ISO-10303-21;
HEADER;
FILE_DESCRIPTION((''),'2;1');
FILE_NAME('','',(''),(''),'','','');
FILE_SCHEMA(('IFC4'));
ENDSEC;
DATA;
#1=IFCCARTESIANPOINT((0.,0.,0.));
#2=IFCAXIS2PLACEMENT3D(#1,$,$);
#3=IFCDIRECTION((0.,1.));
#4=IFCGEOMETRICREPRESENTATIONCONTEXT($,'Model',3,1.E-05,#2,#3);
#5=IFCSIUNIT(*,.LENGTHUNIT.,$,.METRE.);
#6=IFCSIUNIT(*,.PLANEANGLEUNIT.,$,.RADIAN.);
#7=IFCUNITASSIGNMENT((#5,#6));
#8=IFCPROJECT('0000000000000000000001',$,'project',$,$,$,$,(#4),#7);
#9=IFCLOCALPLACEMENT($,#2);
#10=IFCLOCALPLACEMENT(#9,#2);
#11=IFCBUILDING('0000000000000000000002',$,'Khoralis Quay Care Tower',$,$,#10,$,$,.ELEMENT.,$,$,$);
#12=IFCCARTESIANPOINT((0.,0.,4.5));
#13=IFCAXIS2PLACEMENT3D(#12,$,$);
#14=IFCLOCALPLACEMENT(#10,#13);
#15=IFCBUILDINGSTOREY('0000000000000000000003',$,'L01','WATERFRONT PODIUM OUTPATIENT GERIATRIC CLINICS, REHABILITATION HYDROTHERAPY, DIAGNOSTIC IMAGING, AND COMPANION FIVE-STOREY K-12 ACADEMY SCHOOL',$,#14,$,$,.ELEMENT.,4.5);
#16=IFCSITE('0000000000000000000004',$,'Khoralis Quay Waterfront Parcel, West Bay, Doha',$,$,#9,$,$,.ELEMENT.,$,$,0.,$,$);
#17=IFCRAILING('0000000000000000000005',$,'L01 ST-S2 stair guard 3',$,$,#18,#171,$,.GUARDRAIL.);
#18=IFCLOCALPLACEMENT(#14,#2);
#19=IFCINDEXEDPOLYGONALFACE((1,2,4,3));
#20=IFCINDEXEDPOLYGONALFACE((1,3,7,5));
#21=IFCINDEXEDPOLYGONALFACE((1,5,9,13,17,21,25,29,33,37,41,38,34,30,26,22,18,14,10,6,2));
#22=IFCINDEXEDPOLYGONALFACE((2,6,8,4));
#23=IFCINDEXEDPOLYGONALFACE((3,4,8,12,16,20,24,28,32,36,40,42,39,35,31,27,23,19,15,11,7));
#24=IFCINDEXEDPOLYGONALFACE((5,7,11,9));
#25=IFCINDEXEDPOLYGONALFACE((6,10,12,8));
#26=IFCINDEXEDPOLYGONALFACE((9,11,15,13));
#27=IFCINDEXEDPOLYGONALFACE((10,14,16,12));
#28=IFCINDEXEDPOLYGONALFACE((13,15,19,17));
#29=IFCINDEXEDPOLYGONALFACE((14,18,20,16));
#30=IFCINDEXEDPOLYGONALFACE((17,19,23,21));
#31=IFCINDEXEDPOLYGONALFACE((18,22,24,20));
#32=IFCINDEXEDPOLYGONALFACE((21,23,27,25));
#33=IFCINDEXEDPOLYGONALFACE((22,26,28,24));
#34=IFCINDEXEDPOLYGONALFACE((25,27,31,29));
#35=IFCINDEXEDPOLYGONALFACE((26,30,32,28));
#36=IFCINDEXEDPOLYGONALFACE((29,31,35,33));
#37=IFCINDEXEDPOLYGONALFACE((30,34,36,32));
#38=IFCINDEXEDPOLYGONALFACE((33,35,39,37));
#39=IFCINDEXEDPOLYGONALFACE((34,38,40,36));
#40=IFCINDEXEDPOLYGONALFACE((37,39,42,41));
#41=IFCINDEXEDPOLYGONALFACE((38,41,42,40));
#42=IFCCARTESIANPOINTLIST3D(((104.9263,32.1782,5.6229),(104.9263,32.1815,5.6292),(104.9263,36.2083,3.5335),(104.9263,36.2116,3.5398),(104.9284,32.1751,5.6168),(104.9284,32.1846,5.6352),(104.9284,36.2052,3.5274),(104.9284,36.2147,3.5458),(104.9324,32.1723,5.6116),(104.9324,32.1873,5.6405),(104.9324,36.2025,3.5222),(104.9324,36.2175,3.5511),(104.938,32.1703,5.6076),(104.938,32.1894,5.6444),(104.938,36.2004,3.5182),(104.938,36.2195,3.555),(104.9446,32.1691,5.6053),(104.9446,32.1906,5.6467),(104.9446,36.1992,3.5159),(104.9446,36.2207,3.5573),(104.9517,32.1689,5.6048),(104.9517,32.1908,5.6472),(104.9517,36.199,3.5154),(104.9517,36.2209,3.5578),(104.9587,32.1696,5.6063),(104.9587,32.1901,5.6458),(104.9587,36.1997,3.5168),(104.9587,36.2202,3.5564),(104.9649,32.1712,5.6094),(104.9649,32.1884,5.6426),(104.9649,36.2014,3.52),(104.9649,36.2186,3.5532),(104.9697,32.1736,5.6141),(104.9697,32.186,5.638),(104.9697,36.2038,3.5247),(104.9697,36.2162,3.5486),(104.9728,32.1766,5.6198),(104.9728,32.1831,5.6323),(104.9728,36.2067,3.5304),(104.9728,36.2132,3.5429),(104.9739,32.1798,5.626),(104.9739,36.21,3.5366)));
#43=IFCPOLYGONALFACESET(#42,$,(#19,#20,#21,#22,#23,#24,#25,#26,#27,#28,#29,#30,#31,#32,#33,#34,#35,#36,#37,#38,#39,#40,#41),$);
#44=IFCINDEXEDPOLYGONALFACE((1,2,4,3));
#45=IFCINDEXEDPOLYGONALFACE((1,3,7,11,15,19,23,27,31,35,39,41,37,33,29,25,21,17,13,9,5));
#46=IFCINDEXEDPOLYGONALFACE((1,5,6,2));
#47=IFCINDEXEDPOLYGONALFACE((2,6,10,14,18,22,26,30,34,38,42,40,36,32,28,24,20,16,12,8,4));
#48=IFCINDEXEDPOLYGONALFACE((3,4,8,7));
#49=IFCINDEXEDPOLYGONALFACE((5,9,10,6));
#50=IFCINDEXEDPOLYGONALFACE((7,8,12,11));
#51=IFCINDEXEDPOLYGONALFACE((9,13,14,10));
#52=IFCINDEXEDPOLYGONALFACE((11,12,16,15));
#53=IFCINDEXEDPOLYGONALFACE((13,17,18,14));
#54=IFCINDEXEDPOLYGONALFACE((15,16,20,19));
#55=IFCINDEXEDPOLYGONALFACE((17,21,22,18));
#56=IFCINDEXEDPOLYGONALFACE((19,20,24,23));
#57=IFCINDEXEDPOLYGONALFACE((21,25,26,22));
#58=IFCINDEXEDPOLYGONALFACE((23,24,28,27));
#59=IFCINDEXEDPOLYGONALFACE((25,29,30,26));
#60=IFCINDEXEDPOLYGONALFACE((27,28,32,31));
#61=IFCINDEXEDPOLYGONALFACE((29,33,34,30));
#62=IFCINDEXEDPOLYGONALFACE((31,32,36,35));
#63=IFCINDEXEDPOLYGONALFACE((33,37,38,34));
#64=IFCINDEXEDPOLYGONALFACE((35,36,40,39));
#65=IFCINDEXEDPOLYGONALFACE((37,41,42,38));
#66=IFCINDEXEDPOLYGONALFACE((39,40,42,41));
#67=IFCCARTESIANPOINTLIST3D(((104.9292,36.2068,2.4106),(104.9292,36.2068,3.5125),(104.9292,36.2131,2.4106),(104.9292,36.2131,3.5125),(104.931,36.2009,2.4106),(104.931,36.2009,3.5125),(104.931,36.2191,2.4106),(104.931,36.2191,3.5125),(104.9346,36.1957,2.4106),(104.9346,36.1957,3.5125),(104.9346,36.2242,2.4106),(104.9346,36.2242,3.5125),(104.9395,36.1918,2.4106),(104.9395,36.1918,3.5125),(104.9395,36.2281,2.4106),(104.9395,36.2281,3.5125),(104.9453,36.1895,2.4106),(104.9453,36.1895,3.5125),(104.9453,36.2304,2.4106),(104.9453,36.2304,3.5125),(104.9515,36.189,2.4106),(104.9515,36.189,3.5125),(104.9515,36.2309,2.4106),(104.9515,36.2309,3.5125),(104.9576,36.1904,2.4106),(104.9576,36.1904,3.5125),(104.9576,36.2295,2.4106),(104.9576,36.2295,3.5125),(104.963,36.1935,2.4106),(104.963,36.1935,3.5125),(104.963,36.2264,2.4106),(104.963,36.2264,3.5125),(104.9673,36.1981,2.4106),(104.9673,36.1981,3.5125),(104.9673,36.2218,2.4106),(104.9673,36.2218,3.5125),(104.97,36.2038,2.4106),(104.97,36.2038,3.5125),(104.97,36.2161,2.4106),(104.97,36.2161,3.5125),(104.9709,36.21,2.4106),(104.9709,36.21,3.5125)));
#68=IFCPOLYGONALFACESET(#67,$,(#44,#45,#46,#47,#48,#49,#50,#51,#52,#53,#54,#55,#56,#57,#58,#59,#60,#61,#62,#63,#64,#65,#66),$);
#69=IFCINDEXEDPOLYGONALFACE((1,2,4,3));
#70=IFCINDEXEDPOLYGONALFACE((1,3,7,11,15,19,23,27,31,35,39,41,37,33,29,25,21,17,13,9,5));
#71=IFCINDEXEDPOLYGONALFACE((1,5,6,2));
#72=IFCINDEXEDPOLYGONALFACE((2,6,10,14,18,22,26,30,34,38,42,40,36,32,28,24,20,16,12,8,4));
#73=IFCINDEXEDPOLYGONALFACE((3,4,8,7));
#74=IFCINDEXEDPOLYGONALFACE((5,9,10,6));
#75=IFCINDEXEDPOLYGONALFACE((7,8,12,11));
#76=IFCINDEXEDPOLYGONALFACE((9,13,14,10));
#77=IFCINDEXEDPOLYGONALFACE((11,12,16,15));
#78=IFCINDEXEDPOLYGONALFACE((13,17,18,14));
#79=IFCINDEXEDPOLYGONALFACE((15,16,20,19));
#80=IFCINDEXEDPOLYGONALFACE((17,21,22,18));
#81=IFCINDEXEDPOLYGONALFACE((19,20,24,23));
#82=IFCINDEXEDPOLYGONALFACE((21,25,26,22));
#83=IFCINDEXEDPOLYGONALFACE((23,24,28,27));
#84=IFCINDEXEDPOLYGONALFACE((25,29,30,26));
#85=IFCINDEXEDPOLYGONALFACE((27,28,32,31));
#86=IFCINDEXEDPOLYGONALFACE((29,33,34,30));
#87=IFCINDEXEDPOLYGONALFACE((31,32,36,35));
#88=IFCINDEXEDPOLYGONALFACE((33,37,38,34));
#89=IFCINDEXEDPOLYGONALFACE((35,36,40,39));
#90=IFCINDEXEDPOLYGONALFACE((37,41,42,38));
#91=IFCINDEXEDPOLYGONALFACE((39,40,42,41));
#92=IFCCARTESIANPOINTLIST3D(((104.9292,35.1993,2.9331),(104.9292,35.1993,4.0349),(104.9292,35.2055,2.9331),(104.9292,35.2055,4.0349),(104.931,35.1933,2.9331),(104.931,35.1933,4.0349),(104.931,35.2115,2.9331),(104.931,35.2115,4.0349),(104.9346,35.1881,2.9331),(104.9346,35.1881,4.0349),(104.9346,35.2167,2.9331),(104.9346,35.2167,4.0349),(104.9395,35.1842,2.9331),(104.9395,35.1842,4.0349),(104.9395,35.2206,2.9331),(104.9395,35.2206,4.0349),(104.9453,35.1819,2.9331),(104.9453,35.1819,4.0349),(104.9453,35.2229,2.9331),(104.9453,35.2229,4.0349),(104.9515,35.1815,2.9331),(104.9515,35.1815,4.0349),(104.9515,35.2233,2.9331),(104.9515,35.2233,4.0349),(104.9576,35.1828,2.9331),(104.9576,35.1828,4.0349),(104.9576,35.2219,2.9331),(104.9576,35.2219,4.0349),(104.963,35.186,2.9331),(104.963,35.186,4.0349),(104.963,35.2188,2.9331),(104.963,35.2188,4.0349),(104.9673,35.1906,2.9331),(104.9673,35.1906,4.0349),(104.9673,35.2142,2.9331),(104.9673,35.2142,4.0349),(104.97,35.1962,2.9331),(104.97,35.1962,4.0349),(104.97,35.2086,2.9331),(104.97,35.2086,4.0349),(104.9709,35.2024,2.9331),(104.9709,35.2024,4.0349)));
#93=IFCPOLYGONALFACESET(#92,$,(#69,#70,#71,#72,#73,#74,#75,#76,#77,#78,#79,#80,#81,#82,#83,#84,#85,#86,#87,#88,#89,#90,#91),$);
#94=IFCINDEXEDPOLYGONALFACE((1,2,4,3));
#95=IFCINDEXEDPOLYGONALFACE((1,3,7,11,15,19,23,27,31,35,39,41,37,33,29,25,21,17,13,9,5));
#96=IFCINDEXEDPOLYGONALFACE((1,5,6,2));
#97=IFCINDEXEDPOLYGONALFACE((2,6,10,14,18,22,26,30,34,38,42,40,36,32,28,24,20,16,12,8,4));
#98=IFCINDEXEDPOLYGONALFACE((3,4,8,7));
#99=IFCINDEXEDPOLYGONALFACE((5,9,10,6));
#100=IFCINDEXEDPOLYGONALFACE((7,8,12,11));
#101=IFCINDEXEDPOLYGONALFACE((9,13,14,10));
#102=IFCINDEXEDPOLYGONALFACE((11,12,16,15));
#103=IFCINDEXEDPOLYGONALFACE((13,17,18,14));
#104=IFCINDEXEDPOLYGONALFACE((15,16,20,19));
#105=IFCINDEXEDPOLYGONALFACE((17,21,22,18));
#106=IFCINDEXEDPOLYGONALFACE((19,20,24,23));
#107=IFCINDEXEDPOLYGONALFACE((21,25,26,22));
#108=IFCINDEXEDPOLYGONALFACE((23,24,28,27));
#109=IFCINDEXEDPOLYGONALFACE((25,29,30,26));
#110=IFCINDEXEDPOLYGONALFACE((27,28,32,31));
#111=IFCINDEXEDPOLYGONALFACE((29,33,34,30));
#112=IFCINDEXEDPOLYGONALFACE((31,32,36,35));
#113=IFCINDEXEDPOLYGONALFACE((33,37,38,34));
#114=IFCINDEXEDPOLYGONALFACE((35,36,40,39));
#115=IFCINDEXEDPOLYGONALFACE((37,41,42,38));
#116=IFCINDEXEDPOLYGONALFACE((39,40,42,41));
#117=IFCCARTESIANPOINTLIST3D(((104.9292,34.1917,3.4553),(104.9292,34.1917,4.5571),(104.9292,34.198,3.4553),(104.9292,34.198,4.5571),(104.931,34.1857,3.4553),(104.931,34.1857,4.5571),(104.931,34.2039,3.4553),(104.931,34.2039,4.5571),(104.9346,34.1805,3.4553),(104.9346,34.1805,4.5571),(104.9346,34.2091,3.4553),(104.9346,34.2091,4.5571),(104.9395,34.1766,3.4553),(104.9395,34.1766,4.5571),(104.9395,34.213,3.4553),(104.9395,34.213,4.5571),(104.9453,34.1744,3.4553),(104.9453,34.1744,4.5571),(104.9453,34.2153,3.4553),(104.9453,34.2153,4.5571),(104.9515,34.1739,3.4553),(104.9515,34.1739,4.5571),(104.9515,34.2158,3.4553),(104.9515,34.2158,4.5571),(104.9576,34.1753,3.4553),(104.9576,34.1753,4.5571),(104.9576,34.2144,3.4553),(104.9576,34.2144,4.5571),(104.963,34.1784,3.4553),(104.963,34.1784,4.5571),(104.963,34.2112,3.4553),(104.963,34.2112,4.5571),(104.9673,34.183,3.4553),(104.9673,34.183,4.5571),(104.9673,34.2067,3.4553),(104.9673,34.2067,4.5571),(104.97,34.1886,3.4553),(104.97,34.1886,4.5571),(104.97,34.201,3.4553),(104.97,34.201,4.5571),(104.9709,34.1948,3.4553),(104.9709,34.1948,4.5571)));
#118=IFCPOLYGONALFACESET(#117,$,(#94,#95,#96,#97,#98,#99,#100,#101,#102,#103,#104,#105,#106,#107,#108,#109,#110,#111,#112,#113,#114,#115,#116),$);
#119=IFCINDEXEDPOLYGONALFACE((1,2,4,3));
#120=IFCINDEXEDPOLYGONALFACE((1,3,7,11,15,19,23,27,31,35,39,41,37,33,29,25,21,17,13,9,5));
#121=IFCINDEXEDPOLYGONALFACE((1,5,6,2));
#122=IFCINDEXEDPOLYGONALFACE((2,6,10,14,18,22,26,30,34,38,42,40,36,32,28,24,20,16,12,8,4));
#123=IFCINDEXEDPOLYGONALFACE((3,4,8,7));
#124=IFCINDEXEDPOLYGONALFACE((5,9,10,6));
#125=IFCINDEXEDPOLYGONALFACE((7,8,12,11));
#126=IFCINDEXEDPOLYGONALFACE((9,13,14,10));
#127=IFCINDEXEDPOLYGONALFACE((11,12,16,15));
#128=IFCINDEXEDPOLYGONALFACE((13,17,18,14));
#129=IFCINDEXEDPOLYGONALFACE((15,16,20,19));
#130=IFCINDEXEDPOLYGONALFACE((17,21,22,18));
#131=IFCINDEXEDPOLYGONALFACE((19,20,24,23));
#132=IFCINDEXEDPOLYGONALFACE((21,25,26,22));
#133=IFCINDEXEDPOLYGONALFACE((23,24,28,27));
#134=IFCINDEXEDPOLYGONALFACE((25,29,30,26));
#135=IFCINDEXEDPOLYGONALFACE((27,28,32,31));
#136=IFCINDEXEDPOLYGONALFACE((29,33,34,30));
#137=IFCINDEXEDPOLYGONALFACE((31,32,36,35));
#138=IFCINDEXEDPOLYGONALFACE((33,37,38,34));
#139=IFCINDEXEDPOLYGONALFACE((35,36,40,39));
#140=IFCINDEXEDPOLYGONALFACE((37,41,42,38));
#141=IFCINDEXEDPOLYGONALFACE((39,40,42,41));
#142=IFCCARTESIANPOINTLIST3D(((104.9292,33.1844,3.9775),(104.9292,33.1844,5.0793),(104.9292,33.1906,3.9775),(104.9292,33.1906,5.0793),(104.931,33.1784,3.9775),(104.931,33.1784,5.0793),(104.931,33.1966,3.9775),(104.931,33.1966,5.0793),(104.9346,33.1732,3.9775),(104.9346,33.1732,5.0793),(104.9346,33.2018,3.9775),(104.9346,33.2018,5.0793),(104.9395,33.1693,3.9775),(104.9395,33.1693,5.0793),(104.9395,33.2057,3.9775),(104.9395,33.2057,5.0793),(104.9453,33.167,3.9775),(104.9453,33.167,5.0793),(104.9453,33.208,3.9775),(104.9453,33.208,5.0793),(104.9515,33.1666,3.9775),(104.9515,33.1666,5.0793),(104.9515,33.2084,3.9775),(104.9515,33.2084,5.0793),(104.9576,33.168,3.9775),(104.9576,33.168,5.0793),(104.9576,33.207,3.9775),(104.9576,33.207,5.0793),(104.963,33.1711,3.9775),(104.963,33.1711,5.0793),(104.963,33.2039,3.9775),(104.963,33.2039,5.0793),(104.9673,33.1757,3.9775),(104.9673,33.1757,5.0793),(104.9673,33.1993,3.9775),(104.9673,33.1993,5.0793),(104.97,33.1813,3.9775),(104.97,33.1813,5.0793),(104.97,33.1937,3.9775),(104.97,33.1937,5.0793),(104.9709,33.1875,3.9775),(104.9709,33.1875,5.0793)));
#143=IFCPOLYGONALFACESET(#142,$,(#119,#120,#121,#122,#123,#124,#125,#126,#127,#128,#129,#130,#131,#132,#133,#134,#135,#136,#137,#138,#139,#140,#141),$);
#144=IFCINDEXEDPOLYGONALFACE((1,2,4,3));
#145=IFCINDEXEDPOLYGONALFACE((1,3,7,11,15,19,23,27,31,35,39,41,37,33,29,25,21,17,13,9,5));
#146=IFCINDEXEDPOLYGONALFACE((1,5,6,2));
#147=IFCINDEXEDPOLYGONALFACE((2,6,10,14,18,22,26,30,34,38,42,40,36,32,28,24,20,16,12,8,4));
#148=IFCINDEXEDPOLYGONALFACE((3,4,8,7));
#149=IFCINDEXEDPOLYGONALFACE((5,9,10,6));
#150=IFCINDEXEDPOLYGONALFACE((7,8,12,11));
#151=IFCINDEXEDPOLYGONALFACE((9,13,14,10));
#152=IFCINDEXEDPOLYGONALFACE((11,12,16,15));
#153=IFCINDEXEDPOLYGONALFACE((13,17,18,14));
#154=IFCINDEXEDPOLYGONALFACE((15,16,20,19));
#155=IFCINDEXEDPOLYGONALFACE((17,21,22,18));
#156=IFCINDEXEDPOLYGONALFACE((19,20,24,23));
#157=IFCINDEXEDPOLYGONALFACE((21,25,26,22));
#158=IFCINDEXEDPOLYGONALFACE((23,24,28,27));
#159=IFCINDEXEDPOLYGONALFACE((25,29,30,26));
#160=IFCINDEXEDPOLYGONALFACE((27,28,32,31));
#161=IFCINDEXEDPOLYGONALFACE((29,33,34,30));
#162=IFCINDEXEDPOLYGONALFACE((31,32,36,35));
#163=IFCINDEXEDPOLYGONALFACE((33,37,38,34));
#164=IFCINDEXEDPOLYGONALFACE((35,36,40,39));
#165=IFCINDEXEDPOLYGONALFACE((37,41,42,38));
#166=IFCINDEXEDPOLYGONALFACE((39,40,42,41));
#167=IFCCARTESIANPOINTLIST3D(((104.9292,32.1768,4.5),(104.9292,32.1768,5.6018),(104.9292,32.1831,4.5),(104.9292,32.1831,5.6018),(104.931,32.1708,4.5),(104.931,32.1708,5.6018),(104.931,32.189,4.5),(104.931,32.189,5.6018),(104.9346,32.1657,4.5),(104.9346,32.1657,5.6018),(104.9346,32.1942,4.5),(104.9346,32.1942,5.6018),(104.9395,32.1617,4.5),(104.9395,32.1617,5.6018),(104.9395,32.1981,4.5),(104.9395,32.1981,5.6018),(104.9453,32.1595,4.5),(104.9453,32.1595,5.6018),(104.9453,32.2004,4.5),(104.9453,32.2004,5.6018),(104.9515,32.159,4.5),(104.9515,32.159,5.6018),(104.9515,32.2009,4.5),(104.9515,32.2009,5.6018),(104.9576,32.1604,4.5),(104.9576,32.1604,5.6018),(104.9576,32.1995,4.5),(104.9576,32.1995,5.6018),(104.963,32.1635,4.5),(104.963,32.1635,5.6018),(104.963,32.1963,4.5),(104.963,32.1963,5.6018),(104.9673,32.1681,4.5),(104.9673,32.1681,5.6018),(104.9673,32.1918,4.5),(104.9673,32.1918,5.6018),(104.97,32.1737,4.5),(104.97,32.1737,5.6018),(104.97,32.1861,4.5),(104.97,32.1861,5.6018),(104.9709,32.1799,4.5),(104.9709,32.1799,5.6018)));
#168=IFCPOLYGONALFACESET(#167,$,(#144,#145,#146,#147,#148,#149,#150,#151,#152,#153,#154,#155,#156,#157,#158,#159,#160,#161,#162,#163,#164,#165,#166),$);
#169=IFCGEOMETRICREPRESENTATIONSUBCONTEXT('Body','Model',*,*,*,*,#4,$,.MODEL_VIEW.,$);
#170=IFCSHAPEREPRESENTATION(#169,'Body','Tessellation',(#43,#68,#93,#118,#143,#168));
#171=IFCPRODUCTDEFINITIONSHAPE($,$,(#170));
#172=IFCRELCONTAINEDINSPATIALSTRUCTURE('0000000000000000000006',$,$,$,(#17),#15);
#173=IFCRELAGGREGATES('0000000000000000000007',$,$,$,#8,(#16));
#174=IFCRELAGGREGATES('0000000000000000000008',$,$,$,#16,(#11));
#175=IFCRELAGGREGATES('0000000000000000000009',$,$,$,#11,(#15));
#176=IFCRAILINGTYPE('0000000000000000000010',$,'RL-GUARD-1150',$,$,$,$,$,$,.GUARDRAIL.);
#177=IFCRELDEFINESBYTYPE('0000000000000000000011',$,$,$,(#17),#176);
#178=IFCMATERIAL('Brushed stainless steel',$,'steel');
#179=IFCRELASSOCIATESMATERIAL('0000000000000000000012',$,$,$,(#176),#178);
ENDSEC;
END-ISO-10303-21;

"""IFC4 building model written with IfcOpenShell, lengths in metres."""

from ifc_helpers import new_model, si_unit, direction, frame, origin, origin_2d, place, context, subcontext, project, spatial, circle, extrude, material, type_object, element, save


model = new_model("IFC4")

# Units and contexts
model_context = context("Model", 3, precision=1e-05, world=origin(), true_north=direction((0.0, 1.0)))
body_context = subcontext(model_context, "Body", "Model", "MODEL_VIEW")
ifc_project = project(units=[si_unit("LENGTHUNIT", "METRE"), si_unit("PLANEANGLEUNIT", "RADIAN")], contexts=[model_context])

# Site, building, storey
site_placement = place(None, origin())
site = spatial("IfcSite", under=ifc_project, at=site_placement, Name="Khoralis Quay Waterfront Parcel, West Bay, Doha", CompositionType="ELEMENT", RefElevation=0.0)
building_placement = place(site_placement, origin())
building = spatial("IfcBuilding", under=site, at=building_placement, Name="Khoralis Quay Care Tower", CompositionType="ELEMENT")
storey_placement = place(building_placement, frame((0.0, 0.0, 4.5)))
storey = spatial("IfcBuildingStorey", under=building, at=storey_placement, Name="L01", Description="WATERFRONT PODIUM OUTPATIENT GERIATRIC CLINICS, REHABILITATION HYDROTHERAPY, DIAGNOSTIC IMAGING, AND COMPANION FIVE-STOREY K-12 ACADEMY SCHOOL", CompositionType="ELEMENT", Elevation=4.5)

# Railing
ifc_material_1 = material(Name="Brushed stainless steel", Category="steel")
railing_type_1 = type_object("IfcRailingType", Name="RL-GUARD-1150", PredefinedType="GUARDRAIL", material=ifc_material_1)
railing_1_placement = place(storey_placement, frame((104.95, 36.21, 2.4106)))
element("IfcRailing", 1, at=railing_1_placement, inside=storey, type_object=railing_type_1, Name="L01 ST-S2 stair guard 3", PredefinedType="GUARDRAIL", context=body_context, shape_type="SweptSolid", body=[
    extrude(circle(Radius=0.0239, at=origin_2d()), frame((0.0, 0.0, 1.126), z_axis=(0.0, -0.887781, 0.460267), x_axis=(1.0, 0.0, 0.0)), (0.0, 0.0, 1.0), 4.5396),
    extrude(circle(Radius=0.021, at=origin_2d()), origin(), (0.0, 0.0, 1.0), 1.1018),
    extrude(circle(Radius=0.021, at=origin_2d()), frame((0.0, -1.0076, 0.5225)), (0.0, 0.0, 1.0), 1.1018),
    extrude(circle(Radius=0.021, at=origin_2d()), frame((0.0, -2.0151, 1.0447)), (0.0, 0.0, 1.0), 1.1018),
    extrude(circle(Radius=0.021, at=origin_2d()), frame((0.0, -3.0225, 1.5669)), (0.0, 0.0, 1.0), 1.1018),
    extrude(circle(Radius=0.021, at=origin_2d()), frame((0.0, -4.03, 2.0894)), (0.0, 0.0, 1.0), 1.1018),
])

save(model, "model.ifc")
